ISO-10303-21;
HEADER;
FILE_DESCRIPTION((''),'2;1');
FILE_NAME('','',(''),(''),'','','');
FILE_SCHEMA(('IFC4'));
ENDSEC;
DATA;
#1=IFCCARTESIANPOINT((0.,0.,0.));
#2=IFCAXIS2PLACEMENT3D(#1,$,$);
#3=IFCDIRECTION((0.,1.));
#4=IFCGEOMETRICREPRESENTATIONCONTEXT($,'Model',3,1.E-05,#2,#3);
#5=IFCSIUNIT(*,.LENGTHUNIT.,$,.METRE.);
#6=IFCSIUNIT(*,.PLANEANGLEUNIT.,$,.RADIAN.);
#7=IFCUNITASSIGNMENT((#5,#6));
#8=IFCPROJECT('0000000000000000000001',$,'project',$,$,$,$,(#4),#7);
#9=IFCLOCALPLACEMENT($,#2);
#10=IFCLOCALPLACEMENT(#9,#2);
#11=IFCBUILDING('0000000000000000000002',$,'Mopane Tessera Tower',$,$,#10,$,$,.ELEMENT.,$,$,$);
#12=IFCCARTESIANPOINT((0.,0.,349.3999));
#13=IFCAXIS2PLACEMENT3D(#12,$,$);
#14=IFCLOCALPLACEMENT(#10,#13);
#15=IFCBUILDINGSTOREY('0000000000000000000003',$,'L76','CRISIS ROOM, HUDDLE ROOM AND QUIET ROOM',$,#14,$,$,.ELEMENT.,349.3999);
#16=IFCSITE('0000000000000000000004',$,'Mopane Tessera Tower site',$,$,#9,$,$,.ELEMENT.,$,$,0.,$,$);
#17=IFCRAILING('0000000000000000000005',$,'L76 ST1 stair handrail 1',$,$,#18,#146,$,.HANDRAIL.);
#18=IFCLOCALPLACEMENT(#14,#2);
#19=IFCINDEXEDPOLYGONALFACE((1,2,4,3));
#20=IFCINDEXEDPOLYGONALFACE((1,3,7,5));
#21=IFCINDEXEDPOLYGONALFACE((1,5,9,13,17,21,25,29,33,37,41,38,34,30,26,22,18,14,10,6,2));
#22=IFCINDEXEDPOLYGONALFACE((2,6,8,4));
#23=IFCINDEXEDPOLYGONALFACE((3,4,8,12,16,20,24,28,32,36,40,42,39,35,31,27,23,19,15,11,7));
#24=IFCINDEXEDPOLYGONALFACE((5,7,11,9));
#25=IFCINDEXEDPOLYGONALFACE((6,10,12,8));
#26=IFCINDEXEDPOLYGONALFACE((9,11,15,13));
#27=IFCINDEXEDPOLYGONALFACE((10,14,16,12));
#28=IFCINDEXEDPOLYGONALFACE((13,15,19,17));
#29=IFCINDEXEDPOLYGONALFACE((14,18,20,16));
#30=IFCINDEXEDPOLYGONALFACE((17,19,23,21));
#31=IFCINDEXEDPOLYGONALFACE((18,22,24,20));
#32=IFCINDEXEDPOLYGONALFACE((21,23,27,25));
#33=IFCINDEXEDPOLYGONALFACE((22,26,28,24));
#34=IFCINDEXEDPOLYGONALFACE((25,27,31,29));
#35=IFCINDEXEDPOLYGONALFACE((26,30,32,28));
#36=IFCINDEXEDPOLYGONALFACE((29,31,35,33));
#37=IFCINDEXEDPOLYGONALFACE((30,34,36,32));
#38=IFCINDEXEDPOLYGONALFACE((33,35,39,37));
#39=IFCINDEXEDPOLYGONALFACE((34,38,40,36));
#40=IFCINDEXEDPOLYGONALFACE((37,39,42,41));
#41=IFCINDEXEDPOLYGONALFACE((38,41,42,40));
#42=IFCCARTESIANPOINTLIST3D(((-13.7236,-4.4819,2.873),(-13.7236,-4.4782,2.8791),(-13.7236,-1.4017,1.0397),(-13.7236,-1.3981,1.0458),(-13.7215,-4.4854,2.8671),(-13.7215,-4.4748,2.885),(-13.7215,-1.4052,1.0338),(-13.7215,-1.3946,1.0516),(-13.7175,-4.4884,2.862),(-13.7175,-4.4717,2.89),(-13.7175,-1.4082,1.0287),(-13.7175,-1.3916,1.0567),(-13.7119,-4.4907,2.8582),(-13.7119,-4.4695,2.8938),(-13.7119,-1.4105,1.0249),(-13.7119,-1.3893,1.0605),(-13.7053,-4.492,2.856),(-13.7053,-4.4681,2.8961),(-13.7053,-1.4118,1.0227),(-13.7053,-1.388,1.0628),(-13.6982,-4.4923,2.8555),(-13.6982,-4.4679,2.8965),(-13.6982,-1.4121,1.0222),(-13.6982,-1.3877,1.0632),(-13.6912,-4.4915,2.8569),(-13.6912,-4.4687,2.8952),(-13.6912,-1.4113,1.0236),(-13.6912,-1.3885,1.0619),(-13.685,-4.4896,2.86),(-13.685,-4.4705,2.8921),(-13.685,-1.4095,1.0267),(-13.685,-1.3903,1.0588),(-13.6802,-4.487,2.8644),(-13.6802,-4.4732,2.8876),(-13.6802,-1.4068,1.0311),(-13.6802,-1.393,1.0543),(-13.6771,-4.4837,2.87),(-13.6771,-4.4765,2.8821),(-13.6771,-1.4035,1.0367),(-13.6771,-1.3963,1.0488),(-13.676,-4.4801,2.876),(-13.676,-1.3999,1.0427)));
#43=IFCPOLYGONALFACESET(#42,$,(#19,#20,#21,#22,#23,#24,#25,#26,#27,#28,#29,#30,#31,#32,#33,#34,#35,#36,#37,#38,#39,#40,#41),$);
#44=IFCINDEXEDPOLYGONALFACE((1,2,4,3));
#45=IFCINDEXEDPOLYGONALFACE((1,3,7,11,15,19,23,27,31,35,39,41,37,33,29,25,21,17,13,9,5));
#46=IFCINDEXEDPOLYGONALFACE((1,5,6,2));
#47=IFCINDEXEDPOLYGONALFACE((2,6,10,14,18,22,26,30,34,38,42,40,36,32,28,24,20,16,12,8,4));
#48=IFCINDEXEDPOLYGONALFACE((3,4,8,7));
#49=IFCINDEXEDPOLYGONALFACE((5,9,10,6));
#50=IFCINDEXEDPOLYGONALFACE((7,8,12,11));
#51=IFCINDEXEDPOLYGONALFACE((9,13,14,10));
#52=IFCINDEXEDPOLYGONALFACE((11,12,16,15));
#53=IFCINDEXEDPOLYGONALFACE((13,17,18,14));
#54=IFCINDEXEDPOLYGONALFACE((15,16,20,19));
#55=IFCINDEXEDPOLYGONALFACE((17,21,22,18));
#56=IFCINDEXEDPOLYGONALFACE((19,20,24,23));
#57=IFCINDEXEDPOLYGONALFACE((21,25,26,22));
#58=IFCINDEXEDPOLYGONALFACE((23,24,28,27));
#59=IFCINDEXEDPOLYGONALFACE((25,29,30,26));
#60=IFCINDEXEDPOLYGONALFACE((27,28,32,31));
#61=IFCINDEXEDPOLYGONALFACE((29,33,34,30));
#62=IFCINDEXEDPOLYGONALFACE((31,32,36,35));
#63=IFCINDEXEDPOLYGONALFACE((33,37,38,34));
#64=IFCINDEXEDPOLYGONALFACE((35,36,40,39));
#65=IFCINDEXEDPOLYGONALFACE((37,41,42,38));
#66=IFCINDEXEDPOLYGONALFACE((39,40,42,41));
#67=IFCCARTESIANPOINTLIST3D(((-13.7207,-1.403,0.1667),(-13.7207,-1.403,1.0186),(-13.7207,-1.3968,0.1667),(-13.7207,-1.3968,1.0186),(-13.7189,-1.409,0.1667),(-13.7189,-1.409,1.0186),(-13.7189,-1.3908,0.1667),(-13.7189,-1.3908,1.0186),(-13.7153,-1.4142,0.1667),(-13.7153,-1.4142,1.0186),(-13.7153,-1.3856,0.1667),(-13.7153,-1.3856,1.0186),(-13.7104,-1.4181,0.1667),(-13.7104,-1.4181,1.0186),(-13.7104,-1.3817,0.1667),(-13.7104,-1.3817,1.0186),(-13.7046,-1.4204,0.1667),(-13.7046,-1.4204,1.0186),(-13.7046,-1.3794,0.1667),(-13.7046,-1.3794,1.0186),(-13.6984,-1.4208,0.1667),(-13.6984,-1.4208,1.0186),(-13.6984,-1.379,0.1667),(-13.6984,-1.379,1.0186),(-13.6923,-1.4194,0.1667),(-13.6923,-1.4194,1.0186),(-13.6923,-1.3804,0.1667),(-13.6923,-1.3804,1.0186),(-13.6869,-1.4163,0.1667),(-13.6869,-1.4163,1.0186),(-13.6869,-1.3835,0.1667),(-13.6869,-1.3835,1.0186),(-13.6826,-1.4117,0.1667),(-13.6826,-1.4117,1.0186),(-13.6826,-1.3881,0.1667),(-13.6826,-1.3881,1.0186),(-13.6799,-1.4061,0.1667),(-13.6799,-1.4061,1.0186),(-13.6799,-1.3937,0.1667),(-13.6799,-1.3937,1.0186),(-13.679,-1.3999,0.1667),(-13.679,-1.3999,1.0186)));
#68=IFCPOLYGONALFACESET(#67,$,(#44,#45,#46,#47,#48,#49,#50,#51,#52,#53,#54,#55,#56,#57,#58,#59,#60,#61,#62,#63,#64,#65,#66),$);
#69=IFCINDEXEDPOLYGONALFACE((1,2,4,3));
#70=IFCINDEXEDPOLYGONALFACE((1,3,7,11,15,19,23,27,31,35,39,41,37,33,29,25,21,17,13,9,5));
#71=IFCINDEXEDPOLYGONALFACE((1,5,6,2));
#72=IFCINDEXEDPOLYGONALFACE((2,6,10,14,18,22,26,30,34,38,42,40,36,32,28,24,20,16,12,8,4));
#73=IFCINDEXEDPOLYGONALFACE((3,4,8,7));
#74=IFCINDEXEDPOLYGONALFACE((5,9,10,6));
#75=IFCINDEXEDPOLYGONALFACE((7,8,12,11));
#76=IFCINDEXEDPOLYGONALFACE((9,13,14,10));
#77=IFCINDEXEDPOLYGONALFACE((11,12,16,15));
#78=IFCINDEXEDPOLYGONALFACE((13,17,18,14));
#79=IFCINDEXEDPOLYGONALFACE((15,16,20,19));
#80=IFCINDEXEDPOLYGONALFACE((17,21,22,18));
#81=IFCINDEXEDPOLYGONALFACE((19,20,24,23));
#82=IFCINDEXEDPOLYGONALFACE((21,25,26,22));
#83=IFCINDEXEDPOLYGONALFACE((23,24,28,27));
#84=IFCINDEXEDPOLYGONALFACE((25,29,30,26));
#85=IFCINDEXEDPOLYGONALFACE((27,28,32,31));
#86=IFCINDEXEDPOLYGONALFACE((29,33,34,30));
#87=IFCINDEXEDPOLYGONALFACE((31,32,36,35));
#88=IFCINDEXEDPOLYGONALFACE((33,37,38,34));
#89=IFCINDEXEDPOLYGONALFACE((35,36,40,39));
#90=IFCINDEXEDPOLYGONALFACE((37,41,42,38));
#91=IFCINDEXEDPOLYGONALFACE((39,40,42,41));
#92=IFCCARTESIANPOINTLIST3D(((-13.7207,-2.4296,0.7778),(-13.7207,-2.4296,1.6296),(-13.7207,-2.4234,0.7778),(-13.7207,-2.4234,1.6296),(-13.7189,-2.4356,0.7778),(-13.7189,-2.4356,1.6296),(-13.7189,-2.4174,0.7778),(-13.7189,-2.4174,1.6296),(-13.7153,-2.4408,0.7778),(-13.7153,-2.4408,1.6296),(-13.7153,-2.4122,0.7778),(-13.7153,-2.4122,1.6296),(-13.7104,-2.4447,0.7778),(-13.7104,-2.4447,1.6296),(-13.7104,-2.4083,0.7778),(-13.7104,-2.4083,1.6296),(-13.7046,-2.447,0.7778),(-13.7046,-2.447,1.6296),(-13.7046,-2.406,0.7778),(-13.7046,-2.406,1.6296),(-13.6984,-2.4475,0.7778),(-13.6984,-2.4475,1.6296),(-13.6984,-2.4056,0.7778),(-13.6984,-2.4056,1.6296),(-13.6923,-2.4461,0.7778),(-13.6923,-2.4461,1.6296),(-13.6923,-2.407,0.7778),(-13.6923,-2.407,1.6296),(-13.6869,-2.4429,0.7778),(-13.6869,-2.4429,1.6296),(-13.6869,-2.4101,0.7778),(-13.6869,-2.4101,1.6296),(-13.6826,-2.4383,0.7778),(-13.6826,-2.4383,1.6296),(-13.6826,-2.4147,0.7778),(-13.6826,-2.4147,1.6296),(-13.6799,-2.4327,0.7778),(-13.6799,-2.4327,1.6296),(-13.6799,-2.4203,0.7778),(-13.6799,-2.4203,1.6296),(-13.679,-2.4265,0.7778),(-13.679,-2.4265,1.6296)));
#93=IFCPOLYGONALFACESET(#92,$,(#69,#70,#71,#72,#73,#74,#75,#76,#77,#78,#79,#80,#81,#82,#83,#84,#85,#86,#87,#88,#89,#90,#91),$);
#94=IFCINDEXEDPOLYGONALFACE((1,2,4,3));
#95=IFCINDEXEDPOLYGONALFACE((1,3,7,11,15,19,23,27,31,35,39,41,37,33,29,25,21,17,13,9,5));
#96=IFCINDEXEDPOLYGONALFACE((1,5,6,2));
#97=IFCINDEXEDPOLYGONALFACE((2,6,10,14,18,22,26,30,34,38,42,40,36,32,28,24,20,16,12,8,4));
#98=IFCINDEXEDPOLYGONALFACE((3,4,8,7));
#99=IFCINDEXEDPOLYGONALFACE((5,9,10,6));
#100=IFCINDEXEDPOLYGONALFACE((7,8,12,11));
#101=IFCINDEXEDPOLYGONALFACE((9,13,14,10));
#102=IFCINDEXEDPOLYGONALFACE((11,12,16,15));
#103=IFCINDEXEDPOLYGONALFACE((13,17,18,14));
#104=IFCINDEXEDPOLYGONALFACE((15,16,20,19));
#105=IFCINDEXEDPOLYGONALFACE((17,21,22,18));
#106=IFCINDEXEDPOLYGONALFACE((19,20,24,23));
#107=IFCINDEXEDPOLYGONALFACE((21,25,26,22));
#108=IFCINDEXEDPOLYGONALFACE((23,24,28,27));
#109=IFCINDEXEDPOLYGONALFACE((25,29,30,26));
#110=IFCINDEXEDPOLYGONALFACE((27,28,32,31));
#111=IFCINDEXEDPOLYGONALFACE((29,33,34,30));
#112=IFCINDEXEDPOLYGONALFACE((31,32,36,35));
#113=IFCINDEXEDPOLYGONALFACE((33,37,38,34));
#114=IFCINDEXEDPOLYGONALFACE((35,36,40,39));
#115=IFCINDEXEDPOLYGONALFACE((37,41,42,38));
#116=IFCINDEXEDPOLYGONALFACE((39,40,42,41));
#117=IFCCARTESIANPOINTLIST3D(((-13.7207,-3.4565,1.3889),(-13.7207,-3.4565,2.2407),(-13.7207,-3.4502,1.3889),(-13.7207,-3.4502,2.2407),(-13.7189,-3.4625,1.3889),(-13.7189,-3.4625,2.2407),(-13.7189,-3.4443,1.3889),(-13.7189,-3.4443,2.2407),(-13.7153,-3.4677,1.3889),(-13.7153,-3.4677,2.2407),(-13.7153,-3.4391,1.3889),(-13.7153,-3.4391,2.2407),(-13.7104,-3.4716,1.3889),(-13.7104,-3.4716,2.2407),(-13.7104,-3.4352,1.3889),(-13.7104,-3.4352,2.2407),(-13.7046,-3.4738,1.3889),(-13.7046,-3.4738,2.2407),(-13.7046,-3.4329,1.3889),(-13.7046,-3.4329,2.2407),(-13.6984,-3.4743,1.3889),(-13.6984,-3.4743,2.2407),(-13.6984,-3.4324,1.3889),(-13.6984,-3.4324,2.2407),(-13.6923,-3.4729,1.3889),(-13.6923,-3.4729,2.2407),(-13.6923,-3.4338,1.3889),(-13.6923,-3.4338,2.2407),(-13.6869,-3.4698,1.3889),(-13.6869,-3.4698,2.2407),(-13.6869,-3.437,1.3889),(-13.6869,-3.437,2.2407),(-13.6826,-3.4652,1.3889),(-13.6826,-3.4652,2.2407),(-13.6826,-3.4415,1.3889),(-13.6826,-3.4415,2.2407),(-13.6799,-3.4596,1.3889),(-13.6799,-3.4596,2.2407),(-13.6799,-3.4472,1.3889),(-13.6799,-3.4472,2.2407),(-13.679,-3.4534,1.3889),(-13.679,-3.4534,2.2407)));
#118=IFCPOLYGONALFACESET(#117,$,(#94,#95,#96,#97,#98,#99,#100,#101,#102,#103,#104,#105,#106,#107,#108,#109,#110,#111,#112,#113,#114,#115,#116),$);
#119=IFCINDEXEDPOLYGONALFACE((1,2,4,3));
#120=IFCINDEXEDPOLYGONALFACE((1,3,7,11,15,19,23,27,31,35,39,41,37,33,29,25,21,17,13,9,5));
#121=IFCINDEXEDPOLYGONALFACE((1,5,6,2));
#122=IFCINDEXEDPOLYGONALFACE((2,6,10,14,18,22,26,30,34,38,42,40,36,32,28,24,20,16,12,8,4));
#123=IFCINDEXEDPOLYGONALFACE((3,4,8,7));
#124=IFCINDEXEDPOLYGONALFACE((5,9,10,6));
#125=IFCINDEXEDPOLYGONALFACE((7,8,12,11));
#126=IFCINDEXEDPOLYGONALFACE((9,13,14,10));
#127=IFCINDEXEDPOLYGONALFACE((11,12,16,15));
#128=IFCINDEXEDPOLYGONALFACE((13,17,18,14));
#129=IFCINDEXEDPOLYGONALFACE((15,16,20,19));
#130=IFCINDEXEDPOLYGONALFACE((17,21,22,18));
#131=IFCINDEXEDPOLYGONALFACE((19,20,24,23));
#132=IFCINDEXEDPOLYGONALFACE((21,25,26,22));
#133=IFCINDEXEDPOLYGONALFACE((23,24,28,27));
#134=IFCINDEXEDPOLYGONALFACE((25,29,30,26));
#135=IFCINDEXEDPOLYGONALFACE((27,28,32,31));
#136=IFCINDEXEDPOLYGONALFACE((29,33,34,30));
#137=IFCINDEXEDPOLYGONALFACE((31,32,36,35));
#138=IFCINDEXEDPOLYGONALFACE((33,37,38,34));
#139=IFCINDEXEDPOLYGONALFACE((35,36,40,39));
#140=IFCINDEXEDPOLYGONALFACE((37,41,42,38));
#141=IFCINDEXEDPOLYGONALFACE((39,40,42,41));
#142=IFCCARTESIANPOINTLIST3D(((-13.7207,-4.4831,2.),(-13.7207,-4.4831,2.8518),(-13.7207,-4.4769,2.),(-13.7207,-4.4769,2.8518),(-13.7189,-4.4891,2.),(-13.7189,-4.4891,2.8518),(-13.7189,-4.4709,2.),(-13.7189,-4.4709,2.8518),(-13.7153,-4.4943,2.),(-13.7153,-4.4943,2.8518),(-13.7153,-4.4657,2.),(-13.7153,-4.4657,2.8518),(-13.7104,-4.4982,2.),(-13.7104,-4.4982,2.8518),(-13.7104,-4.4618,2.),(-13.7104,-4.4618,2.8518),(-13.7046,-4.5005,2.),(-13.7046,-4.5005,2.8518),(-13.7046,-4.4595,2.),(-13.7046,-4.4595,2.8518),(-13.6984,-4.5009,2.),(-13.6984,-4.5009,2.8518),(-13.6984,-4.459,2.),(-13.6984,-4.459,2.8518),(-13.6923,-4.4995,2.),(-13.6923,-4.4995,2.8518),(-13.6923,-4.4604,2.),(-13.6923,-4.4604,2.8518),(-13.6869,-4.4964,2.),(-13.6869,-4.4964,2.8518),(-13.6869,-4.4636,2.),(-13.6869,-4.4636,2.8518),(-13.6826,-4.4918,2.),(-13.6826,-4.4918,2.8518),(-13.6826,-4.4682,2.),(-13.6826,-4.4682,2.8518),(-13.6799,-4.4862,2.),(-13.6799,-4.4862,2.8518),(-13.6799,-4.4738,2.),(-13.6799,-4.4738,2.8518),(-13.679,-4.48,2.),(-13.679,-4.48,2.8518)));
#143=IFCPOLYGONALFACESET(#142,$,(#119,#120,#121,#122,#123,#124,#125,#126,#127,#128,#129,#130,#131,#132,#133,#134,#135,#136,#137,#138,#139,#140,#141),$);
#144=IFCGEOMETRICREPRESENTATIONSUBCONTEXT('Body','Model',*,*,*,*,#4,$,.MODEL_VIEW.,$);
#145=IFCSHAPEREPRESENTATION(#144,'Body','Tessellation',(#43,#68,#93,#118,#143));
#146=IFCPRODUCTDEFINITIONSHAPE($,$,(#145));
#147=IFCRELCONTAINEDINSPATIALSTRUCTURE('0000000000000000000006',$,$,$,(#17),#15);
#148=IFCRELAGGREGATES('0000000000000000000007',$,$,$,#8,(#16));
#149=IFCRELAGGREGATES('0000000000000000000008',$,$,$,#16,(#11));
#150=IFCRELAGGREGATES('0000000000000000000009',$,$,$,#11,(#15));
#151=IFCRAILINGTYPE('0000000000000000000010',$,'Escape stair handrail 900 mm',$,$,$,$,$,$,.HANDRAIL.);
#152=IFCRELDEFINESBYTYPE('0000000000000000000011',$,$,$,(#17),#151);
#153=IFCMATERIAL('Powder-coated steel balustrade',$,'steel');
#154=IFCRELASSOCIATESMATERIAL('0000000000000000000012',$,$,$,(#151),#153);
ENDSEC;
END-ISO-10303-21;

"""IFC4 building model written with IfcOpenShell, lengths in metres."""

from ifc_helpers import new_model, si_unit, direction, frame, origin, origin_2d, place, context, subcontext, project, spatial, circle, extrude, material, type_object, element, save


model = new_model("IFC4")

# Units and contexts
model_context = context("Model", 3, precision=1e-05, world=origin(), true_north=direction((0.0, 1.0)))
body_context = subcontext(model_context, "Body", "Model", "MODEL_VIEW")
ifc_project = project(units=[si_unit("LENGTHUNIT", "METRE"), si_unit("PLANEANGLEUNIT", "RADIAN")], contexts=[model_context])

# Site, building, storey
site_placement = place(None, origin())
site = spatial("IfcSite", under=ifc_project, at=site_placement, Name="Mopane Tessera Tower site", CompositionType="ELEMENT", RefElevation=0.0)
building_placement = place(site_placement, origin())
building = spatial("IfcBuilding", under=site, at=building_placement, Name="Mopane Tessera Tower", CompositionType="ELEMENT")
storey_placement = place(building_placement, frame((0.0, 0.0, 349.3999)))
storey = spatial("IfcBuildingStorey", under=building, at=storey_placement, Name="L76", Description="CRISIS ROOM, HUDDLE ROOM AND QUIET ROOM", CompositionType="ELEMENT", Elevation=349.3999)

# Railing
ifc_material_1 = material(Name="Powder-coated steel balustrade", Category="steel")
railing_type_1 = type_object("IfcRailingType", Name="Escape stair handrail 900 mm", PredefinedType="HANDRAIL", material=ifc_material_1)
railing_1_placement = place(storey_placement, frame((-13.7, -1.3999, 0.1667)))
element("IfcRailing", 1, at=railing_1_placement, inside=storey, type_object=railing_type_1, Name="L76 ST1 stair handrail 1", PredefinedType="HANDRAIL", context=body_context, shape_type="SweptSolid", body=[
    extrude(circle(Radius=0.0239, at=origin_2d()), frame((0.0, 0.0, 0.876), z_axis=(0.0, -0.859309, 0.511458), x_axis=(1.0, 0.0, 0.0)), (0.0, 0.0, 1.0), 3.5845),
    extrude(circle(Radius=0.021, at=origin_2d()), origin(), (0.0, 0.0, 1.0), 0.8518),
    extrude(circle(Radius=0.021, at=origin_2d()), frame((0.0, -1.0266, 0.6111)), (0.0, 0.0, 1.0), 0.8518),
    extrude(circle(Radius=0.021, at=origin_2d()), frame((0.0, -2.0535, 1.2222)), (0.0, 0.0, 1.0), 0.8518),
    extrude(circle(Radius=0.021, at=origin_2d()), frame((0.0, -3.0801, 1.8333)), (0.0, 0.0, 1.0), 0.8518),
])

save(model, "model.ifc")
